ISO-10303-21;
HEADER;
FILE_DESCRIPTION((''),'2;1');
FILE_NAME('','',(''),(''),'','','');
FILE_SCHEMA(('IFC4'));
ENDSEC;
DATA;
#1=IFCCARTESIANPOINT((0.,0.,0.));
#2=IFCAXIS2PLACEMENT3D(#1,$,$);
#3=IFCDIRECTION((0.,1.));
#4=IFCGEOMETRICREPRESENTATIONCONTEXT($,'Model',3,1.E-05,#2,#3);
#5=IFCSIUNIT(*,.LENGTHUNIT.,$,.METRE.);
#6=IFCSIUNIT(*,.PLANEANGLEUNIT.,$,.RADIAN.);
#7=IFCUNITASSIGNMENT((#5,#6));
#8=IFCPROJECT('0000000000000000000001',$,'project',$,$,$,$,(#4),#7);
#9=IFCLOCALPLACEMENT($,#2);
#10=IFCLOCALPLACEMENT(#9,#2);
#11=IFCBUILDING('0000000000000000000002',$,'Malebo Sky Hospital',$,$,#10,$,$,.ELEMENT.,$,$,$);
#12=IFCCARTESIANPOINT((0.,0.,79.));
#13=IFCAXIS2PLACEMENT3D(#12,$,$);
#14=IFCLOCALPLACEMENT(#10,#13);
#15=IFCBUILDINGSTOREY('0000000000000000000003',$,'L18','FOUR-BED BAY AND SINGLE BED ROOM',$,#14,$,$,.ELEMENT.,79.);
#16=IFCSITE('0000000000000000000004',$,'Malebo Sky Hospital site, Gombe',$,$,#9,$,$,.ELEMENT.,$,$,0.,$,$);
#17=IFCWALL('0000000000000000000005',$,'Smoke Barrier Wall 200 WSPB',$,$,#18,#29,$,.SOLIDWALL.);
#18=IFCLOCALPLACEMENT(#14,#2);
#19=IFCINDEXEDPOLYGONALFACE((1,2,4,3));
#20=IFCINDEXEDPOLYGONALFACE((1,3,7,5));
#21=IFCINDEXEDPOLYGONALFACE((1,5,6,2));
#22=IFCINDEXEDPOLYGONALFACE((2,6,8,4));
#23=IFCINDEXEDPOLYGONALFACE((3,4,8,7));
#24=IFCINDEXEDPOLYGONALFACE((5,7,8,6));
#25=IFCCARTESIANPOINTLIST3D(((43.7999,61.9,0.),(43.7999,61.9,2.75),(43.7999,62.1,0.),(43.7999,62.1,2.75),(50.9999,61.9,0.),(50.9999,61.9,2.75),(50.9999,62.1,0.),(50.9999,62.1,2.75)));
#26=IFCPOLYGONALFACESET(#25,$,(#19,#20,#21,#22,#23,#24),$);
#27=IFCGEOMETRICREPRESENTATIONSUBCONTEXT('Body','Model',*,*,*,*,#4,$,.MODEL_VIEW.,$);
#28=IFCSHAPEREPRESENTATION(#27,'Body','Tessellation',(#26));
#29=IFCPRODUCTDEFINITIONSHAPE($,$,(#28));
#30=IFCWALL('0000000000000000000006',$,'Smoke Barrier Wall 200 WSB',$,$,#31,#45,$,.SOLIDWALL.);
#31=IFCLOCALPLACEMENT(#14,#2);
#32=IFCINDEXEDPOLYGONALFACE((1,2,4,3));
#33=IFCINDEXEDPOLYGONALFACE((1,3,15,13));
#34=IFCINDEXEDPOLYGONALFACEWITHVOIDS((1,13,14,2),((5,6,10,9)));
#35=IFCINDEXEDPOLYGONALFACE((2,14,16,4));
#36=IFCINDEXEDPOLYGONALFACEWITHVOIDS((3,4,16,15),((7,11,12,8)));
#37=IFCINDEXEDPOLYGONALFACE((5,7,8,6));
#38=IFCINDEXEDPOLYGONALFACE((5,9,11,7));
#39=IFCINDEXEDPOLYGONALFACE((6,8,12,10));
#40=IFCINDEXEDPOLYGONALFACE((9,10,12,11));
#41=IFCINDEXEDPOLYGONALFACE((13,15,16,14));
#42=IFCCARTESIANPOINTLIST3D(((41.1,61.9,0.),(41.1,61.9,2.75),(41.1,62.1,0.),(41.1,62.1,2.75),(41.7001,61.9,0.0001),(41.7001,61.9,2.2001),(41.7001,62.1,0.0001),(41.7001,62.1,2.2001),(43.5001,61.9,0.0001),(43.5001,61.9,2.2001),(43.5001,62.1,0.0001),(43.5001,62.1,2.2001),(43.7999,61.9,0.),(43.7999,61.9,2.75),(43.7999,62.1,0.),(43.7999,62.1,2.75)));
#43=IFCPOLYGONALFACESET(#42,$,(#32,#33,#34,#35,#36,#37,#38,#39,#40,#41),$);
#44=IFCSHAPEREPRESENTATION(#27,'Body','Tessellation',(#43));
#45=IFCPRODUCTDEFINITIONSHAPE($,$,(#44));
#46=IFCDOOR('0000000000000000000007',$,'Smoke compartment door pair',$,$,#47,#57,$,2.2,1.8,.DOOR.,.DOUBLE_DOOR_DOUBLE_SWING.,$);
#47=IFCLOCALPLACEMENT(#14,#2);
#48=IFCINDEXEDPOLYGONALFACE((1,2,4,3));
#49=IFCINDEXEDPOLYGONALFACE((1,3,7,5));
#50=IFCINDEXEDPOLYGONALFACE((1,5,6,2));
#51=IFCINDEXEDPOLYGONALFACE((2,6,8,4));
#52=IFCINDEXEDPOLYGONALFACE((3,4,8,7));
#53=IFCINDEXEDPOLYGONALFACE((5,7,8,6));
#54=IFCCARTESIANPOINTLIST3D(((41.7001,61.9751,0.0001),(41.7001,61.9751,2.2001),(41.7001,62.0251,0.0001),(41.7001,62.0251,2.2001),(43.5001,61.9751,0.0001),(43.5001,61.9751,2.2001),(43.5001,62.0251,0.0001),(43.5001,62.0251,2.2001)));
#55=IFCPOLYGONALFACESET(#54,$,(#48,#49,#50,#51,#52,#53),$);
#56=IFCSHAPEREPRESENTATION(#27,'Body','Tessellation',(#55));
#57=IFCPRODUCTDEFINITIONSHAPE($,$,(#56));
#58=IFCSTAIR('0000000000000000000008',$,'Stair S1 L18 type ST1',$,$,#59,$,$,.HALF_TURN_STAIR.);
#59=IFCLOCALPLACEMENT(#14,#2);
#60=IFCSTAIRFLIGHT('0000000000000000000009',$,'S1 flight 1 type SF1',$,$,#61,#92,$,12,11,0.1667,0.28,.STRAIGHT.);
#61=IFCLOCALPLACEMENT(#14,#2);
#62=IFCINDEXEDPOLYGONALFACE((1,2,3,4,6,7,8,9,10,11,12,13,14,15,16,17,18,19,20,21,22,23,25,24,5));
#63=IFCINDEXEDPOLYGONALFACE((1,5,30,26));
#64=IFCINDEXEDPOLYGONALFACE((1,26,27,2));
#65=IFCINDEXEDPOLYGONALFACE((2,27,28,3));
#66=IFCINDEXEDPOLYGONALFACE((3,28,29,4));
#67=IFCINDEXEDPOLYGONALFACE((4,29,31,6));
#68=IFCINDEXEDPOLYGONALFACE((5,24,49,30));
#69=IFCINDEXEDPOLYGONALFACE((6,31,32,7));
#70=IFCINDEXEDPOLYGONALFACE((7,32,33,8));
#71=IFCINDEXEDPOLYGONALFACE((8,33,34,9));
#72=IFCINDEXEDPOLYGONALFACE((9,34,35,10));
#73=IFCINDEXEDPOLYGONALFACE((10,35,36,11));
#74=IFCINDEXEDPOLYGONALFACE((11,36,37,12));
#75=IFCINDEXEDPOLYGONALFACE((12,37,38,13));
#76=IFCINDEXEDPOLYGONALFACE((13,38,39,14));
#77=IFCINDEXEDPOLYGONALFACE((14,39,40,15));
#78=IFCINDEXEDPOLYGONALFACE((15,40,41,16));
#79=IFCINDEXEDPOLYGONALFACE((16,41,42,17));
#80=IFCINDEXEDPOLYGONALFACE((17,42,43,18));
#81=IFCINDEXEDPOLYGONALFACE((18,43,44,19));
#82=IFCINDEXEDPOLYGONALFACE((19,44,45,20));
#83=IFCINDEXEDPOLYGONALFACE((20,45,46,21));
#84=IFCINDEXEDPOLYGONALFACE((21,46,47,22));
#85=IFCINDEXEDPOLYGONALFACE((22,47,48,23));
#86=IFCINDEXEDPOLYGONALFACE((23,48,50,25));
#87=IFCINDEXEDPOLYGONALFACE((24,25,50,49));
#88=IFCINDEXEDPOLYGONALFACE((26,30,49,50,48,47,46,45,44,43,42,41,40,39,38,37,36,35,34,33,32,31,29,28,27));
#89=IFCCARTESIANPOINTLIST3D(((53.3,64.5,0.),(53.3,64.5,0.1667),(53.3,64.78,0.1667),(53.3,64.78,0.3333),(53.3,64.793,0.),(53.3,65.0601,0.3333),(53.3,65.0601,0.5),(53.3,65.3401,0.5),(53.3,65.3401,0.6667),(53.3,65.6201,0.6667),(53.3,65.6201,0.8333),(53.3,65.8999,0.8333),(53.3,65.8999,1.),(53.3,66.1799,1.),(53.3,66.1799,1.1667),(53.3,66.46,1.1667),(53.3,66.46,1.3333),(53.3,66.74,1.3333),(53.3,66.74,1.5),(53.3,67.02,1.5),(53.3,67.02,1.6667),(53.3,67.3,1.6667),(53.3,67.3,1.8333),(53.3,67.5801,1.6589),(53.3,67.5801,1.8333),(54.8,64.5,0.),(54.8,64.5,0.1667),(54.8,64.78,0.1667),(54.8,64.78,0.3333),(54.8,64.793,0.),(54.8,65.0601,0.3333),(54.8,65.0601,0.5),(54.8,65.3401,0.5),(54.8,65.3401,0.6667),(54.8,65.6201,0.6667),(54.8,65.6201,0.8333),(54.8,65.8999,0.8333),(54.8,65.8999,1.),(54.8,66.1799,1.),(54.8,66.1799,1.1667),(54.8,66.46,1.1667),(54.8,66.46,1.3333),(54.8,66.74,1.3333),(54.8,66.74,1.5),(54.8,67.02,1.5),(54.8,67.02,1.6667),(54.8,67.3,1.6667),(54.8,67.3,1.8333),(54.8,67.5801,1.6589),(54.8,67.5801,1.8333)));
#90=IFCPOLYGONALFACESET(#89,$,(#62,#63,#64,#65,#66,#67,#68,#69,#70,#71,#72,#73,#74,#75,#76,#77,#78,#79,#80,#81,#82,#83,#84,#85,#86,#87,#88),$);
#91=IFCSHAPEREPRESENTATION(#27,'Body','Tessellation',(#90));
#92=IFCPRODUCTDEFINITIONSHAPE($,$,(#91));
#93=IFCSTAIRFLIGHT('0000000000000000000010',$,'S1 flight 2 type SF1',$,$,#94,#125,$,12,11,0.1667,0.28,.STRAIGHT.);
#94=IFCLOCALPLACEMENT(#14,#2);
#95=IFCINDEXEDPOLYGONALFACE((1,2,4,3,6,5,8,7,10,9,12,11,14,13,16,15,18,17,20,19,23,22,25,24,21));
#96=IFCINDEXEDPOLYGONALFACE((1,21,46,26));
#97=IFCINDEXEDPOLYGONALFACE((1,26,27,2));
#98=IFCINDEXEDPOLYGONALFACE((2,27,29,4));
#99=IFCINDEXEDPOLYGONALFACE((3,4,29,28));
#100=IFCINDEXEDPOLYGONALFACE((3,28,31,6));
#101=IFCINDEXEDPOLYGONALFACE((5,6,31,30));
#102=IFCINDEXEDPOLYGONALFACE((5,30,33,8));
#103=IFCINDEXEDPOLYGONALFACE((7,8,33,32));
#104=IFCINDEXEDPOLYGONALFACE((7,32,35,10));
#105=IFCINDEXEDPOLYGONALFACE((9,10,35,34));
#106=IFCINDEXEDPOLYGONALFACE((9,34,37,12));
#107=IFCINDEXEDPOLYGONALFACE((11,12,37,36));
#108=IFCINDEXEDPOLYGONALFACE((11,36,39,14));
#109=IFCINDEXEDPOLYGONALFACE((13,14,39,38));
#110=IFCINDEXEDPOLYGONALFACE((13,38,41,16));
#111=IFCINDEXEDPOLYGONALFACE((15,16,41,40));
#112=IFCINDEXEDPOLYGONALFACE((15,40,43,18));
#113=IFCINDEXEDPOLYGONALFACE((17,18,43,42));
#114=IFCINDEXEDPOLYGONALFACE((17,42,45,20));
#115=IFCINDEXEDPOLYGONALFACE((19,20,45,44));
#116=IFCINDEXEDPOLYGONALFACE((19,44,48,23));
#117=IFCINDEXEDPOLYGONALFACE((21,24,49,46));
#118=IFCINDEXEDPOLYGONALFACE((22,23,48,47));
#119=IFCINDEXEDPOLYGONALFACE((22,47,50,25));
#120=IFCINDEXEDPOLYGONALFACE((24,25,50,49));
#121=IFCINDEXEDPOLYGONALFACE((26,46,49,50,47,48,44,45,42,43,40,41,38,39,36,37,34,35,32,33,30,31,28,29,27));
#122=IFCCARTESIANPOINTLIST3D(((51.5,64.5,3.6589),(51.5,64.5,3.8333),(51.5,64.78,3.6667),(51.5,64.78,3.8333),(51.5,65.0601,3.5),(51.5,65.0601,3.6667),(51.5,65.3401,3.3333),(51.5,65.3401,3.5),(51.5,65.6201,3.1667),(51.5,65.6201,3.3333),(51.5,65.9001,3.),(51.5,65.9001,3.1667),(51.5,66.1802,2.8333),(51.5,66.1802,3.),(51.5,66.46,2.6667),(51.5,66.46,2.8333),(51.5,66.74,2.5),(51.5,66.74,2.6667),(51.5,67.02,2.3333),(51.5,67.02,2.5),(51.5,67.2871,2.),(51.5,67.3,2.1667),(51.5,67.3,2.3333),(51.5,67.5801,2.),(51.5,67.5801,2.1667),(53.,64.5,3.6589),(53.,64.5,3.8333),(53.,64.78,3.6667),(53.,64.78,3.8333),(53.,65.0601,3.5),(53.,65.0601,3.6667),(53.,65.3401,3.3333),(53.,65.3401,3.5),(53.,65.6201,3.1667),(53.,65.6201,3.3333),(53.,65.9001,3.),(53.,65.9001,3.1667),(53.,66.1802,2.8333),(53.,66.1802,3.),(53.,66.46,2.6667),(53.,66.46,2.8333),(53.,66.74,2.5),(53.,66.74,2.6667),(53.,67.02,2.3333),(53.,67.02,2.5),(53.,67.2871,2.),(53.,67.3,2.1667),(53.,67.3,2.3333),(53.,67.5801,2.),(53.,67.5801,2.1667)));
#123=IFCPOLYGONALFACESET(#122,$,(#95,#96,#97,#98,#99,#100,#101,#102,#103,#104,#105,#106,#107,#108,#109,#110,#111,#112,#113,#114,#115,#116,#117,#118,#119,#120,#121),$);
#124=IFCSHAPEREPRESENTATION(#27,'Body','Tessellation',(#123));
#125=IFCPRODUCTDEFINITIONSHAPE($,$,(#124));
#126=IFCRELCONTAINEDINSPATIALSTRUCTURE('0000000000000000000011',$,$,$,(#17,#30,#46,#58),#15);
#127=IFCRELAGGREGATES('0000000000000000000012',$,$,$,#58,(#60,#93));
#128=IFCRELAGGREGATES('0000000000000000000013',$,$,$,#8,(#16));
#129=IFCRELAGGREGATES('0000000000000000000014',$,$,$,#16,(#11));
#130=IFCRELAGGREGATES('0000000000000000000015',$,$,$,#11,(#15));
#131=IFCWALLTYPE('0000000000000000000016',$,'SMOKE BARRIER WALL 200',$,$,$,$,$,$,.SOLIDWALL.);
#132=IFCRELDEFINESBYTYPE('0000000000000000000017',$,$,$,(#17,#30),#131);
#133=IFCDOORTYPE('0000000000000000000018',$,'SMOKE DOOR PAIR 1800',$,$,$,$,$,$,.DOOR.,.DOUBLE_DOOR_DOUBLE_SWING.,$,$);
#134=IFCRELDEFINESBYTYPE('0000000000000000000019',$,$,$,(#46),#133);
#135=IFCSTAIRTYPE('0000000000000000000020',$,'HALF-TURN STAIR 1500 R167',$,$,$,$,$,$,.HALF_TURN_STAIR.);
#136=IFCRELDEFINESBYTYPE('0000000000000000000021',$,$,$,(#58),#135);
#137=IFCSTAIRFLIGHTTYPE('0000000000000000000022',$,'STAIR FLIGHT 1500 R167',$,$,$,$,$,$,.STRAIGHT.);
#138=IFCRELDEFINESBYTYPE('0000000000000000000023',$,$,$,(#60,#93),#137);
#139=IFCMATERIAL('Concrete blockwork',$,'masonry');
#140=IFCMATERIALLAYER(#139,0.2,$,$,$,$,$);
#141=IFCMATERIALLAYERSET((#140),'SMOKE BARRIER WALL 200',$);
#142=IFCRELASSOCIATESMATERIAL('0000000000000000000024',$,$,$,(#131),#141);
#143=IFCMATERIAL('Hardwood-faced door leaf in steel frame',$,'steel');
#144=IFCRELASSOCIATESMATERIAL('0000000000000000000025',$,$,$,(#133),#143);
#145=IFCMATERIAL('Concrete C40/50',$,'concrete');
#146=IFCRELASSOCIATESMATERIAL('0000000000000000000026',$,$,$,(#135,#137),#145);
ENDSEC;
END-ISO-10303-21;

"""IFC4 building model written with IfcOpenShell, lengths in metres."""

from ifc_helpers import new_model, si_unit, direction, frame, frame_2d, origin, place, context, subcontext, project, spatial, polyline, rectangle, outline, extrude, material, layer, layer_set, type_object, element, fill, aggregate, save


model = new_model("IFC4")

# Units and contexts
model_context = context("Model", 3, precision=1e-05, world=origin(), true_north=direction((0.0, 1.0)))
body_context = subcontext(model_context, "Body", "Model", "MODEL_VIEW")
ifc_project = project(units=[si_unit("LENGTHUNIT", "METRE"), si_unit("PLANEANGLEUNIT", "RADIAN")], contexts=[model_context])

# Site, building, storey
site_placement = place(None, origin())
site = spatial("IfcSite", under=ifc_project, at=site_placement, Name="Malebo Sky Hospital site, Gombe", CompositionType="ELEMENT", RefElevation=0.0)
building_placement = place(site_placement, origin())
building = spatial("IfcBuilding", under=site, at=building_placement, Name="Malebo Sky Hospital", CompositionType="ELEMENT")
storey_placement = place(building_placement, frame((0.0, 0.0, 79.0)))
storey = spatial("IfcBuildingStorey", under=building, at=storey_placement, Name="L18", Description="FOUR-BED BAY AND SINGLE BED ROOM", CompositionType="ELEMENT", Elevation=79.0)

# Shared definitions
ifc_material_1 = material(Name="Hardwood-faced door leaf in steel frame", Category="steel")

# Wall
ifc_material_2 = material(Name="Concrete blockwork", Category="masonry")
ifc_layer_1 = layer(ifc_material_2, 0.2)
ifc_layer_set_1 = layer_set([ifc_layer_1], Name="SMOKE BARRIER WALL 200")
wall_type_1 = type_object("IfcWallType", Name="SMOKE BARRIER WALL 200", PredefinedType="SOLIDWALL", material=ifc_layer_set_1)
wall_1_placement = place(storey_placement, frame((51.0, 62.0, 0.0), z_axis=(0.0, 0.0, 1.0), x_axis=(-1.0, 0.0, 0.0)))
element("IfcWall", 1, at=wall_1_placement, inside=storey, type_object=wall_type_1, Name="Smoke Barrier Wall 200 WSPB", PredefinedType="SOLIDWALL", context=body_context, shape_type="SweptSolid", body=[
    extrude(rectangle(XDim=7.2, YDim=0.2, at=frame_2d((3.6001, 0.0))), origin(), (0.0, 0.0, 1.0), 2.75),
])

# Wall, opening, door
wall_2_placement = place(storey_placement, frame((43.8, 62.0, 0.0), z_axis=(0.0, 0.0, 1.0), x_axis=(-1.0, 0.0, 0.0)))
wall_2 = element("IfcWall", 2, at=wall_2_placement, inside=storey, type_object=wall_type_1, Name="Smoke Barrier Wall 200 WSB", PredefinedType="SOLIDWALL", context=body_context, shape_type="SweptSolid", body=[
    extrude(rectangle(XDim=2.7, YDim=0.2, at=frame_2d((1.3501, 0.0))), origin(), (0.0, 0.0, 1.0), 2.75),
])
opening_1_placement = place(wall_2_placement, frame((0.3, 0.0, 0.0)))
opening_1 = element("IfcOpeningElement", 3, at=opening_1_placement, cuts=wall_2, PredefinedType="OPENING", context=body_context, shape_type="SweptSolid", body=[
    extrude(rectangle(XDim=1.8, YDim=2.2, at=frame_2d((0.8999, 1.1001))), frame((0.0, 0.1099, 0.0), z_axis=(0.0, -1.0, 0.0), x_axis=(1.0, 0.0, 0.0)), (0.0, 0.0, 1.0), 0.22),
])
door_type_1 = type_object("IfcDoorType", Name="SMOKE DOOR PAIR 1800", OperationType="DOUBLE_DOOR_DOUBLE_SWING", PredefinedType="DOOR", material=ifc_material_1)
door_1_placement = place(opening_1_placement, origin())
door_1 = element("IfcDoor", 4, at=door_1_placement, inside=storey, type_object=door_type_1, Name="Smoke compartment door pair", OperationType="DOUBLE_DOOR_DOUBLE_SWING", OverallHeight=2.2, OverallWidth=1.8, PredefinedType="DOOR", context=body_context, shape_type="SweptSolid", body=[
    extrude(rectangle(XDim=1.8, YDim=2.2, at=frame_2d((0.8999, 1.1001))), frame((0.0, 0.0249, 0.0), z_axis=(0.0, -1.0, 0.0), x_axis=(1.0, 0.0, 0.0)), (0.0, 0.0, 1.0), 0.05),
])
fill(opening_1, door_1)

# Stair, stair flights
ifc_material_3 = material(Name="Concrete C40/50", Category="concrete")
stair_type = type_object("IfcStairType", Name="HALF-TURN STAIR 1500 R167", PredefinedType="HALF_TURN_STAIR", material=ifc_material_3)
stair_placement = place(storey_placement, origin())
stair = element("IfcStair", 5, at=stair_placement, inside=storey, type_object=stair_type, Name="Stair S1 L18 type ST1", PredefinedType="HALF_TURN_STAIR")
stair_flight_type = type_object("IfcStairFlightType", Name="STAIR FLIGHT 1500 R167", PredefinedType="STRAIGHT", material=ifc_material_3)
stair_flight_1_placement = place(storey_placement, frame((54.05, 64.5, 0.0), z_axis=(0.0, 0.0, 1.0), x_axis=(0.0, 1.0, 0.0)))
stair_flight_1 = element("IfcStairFlight", 6, at=stair_flight_1_placement, type_object=stair_flight_type, Name="S1 flight 1 type SF1", NumberOfRisers=12, NumberOfTreads=11, PredefinedType="STRAIGHT", RiserHeight=0.1667, TreadLength=0.28, context=body_context, shape_type="SweptSolid", body=[
    extrude(outline(polyline([(0.0, 0.0), (0.0, 0.1667), (0.28, 0.1667), (0.28, 0.3333), (0.5601, 0.3333), (0.5601, 0.5), (0.8401, 0.5), (0.8401, 0.6667), (1.1201, 0.6667), (1.1201, 0.8333), (1.3999, 0.8333), (1.3999, 1.0), (1.6799, 1.0), (1.6799, 1.1667), (1.96, 1.1667), (1.96, 1.3333), (2.24, 1.3333), (2.24, 1.5), (2.52, 1.5), (2.52, 1.6667), (2.8, 1.6667), (2.8, 1.8333), (3.0801, 1.8333), (3.0801, 2.0), (3.0801, 1.6589), (0.293, 0.0), (0.0, 0.0)])), frame((0.0, 0.75, 0.0), z_axis=(0.0, -1.0, 0.0), x_axis=(1.0, 0.0, 0.0)), (0.0, 0.0, 1.0), 1.5),
])
stair_flight_2_placement = place(storey_placement, frame((52.25, 67.5801, 2.0), z_axis=(0.0, 0.0, 1.0), x_axis=(0.0, -1.0, 0.0)))
stair_flight_2 = element("IfcStairFlight", 7, at=stair_flight_2_placement, type_object=stair_flight_type, Name="S1 flight 2 type SF1", NumberOfRisers=12, NumberOfTreads=11, PredefinedType="STRAIGHT", RiserHeight=0.1667, TreadLength=0.28, context=body_context, shape_type="SweptSolid", body=[
    extrude(outline(polyline([(0.0, 0.0), (0.0, 0.1667), (0.28, 0.1667), (0.28, 0.3333), (0.5601, 0.3333), (0.5601, 0.5), (0.8401, 0.5), (0.8401, 0.6667), (1.1201, 0.6667), (1.1201, 0.8333), (1.3999, 0.8333), (1.3999, 1.0), (1.6799, 1.0), (1.6799, 1.1667), (1.96, 1.1667), (1.96, 1.3333), (2.24, 1.3333), (2.24, 1.5), (2.52, 1.5), (2.52, 1.6667), (2.8, 1.6667), (2.8, 1.8333), (3.0801, 1.8333), (3.0801, 2.0), (3.0801, 1.6589), (0.293, 0.0), (0.0, 0.0)])), frame((0.0, 0.75, 0.0), z_axis=(0.0, -1.0, 0.0), x_axis=(1.0, 0.0, 0.0)), (0.0, 0.0, 1.0), 1.5),
])
aggregate(stair, [stair_flight_1, stair_flight_2])

save(model, "model.ifc")
